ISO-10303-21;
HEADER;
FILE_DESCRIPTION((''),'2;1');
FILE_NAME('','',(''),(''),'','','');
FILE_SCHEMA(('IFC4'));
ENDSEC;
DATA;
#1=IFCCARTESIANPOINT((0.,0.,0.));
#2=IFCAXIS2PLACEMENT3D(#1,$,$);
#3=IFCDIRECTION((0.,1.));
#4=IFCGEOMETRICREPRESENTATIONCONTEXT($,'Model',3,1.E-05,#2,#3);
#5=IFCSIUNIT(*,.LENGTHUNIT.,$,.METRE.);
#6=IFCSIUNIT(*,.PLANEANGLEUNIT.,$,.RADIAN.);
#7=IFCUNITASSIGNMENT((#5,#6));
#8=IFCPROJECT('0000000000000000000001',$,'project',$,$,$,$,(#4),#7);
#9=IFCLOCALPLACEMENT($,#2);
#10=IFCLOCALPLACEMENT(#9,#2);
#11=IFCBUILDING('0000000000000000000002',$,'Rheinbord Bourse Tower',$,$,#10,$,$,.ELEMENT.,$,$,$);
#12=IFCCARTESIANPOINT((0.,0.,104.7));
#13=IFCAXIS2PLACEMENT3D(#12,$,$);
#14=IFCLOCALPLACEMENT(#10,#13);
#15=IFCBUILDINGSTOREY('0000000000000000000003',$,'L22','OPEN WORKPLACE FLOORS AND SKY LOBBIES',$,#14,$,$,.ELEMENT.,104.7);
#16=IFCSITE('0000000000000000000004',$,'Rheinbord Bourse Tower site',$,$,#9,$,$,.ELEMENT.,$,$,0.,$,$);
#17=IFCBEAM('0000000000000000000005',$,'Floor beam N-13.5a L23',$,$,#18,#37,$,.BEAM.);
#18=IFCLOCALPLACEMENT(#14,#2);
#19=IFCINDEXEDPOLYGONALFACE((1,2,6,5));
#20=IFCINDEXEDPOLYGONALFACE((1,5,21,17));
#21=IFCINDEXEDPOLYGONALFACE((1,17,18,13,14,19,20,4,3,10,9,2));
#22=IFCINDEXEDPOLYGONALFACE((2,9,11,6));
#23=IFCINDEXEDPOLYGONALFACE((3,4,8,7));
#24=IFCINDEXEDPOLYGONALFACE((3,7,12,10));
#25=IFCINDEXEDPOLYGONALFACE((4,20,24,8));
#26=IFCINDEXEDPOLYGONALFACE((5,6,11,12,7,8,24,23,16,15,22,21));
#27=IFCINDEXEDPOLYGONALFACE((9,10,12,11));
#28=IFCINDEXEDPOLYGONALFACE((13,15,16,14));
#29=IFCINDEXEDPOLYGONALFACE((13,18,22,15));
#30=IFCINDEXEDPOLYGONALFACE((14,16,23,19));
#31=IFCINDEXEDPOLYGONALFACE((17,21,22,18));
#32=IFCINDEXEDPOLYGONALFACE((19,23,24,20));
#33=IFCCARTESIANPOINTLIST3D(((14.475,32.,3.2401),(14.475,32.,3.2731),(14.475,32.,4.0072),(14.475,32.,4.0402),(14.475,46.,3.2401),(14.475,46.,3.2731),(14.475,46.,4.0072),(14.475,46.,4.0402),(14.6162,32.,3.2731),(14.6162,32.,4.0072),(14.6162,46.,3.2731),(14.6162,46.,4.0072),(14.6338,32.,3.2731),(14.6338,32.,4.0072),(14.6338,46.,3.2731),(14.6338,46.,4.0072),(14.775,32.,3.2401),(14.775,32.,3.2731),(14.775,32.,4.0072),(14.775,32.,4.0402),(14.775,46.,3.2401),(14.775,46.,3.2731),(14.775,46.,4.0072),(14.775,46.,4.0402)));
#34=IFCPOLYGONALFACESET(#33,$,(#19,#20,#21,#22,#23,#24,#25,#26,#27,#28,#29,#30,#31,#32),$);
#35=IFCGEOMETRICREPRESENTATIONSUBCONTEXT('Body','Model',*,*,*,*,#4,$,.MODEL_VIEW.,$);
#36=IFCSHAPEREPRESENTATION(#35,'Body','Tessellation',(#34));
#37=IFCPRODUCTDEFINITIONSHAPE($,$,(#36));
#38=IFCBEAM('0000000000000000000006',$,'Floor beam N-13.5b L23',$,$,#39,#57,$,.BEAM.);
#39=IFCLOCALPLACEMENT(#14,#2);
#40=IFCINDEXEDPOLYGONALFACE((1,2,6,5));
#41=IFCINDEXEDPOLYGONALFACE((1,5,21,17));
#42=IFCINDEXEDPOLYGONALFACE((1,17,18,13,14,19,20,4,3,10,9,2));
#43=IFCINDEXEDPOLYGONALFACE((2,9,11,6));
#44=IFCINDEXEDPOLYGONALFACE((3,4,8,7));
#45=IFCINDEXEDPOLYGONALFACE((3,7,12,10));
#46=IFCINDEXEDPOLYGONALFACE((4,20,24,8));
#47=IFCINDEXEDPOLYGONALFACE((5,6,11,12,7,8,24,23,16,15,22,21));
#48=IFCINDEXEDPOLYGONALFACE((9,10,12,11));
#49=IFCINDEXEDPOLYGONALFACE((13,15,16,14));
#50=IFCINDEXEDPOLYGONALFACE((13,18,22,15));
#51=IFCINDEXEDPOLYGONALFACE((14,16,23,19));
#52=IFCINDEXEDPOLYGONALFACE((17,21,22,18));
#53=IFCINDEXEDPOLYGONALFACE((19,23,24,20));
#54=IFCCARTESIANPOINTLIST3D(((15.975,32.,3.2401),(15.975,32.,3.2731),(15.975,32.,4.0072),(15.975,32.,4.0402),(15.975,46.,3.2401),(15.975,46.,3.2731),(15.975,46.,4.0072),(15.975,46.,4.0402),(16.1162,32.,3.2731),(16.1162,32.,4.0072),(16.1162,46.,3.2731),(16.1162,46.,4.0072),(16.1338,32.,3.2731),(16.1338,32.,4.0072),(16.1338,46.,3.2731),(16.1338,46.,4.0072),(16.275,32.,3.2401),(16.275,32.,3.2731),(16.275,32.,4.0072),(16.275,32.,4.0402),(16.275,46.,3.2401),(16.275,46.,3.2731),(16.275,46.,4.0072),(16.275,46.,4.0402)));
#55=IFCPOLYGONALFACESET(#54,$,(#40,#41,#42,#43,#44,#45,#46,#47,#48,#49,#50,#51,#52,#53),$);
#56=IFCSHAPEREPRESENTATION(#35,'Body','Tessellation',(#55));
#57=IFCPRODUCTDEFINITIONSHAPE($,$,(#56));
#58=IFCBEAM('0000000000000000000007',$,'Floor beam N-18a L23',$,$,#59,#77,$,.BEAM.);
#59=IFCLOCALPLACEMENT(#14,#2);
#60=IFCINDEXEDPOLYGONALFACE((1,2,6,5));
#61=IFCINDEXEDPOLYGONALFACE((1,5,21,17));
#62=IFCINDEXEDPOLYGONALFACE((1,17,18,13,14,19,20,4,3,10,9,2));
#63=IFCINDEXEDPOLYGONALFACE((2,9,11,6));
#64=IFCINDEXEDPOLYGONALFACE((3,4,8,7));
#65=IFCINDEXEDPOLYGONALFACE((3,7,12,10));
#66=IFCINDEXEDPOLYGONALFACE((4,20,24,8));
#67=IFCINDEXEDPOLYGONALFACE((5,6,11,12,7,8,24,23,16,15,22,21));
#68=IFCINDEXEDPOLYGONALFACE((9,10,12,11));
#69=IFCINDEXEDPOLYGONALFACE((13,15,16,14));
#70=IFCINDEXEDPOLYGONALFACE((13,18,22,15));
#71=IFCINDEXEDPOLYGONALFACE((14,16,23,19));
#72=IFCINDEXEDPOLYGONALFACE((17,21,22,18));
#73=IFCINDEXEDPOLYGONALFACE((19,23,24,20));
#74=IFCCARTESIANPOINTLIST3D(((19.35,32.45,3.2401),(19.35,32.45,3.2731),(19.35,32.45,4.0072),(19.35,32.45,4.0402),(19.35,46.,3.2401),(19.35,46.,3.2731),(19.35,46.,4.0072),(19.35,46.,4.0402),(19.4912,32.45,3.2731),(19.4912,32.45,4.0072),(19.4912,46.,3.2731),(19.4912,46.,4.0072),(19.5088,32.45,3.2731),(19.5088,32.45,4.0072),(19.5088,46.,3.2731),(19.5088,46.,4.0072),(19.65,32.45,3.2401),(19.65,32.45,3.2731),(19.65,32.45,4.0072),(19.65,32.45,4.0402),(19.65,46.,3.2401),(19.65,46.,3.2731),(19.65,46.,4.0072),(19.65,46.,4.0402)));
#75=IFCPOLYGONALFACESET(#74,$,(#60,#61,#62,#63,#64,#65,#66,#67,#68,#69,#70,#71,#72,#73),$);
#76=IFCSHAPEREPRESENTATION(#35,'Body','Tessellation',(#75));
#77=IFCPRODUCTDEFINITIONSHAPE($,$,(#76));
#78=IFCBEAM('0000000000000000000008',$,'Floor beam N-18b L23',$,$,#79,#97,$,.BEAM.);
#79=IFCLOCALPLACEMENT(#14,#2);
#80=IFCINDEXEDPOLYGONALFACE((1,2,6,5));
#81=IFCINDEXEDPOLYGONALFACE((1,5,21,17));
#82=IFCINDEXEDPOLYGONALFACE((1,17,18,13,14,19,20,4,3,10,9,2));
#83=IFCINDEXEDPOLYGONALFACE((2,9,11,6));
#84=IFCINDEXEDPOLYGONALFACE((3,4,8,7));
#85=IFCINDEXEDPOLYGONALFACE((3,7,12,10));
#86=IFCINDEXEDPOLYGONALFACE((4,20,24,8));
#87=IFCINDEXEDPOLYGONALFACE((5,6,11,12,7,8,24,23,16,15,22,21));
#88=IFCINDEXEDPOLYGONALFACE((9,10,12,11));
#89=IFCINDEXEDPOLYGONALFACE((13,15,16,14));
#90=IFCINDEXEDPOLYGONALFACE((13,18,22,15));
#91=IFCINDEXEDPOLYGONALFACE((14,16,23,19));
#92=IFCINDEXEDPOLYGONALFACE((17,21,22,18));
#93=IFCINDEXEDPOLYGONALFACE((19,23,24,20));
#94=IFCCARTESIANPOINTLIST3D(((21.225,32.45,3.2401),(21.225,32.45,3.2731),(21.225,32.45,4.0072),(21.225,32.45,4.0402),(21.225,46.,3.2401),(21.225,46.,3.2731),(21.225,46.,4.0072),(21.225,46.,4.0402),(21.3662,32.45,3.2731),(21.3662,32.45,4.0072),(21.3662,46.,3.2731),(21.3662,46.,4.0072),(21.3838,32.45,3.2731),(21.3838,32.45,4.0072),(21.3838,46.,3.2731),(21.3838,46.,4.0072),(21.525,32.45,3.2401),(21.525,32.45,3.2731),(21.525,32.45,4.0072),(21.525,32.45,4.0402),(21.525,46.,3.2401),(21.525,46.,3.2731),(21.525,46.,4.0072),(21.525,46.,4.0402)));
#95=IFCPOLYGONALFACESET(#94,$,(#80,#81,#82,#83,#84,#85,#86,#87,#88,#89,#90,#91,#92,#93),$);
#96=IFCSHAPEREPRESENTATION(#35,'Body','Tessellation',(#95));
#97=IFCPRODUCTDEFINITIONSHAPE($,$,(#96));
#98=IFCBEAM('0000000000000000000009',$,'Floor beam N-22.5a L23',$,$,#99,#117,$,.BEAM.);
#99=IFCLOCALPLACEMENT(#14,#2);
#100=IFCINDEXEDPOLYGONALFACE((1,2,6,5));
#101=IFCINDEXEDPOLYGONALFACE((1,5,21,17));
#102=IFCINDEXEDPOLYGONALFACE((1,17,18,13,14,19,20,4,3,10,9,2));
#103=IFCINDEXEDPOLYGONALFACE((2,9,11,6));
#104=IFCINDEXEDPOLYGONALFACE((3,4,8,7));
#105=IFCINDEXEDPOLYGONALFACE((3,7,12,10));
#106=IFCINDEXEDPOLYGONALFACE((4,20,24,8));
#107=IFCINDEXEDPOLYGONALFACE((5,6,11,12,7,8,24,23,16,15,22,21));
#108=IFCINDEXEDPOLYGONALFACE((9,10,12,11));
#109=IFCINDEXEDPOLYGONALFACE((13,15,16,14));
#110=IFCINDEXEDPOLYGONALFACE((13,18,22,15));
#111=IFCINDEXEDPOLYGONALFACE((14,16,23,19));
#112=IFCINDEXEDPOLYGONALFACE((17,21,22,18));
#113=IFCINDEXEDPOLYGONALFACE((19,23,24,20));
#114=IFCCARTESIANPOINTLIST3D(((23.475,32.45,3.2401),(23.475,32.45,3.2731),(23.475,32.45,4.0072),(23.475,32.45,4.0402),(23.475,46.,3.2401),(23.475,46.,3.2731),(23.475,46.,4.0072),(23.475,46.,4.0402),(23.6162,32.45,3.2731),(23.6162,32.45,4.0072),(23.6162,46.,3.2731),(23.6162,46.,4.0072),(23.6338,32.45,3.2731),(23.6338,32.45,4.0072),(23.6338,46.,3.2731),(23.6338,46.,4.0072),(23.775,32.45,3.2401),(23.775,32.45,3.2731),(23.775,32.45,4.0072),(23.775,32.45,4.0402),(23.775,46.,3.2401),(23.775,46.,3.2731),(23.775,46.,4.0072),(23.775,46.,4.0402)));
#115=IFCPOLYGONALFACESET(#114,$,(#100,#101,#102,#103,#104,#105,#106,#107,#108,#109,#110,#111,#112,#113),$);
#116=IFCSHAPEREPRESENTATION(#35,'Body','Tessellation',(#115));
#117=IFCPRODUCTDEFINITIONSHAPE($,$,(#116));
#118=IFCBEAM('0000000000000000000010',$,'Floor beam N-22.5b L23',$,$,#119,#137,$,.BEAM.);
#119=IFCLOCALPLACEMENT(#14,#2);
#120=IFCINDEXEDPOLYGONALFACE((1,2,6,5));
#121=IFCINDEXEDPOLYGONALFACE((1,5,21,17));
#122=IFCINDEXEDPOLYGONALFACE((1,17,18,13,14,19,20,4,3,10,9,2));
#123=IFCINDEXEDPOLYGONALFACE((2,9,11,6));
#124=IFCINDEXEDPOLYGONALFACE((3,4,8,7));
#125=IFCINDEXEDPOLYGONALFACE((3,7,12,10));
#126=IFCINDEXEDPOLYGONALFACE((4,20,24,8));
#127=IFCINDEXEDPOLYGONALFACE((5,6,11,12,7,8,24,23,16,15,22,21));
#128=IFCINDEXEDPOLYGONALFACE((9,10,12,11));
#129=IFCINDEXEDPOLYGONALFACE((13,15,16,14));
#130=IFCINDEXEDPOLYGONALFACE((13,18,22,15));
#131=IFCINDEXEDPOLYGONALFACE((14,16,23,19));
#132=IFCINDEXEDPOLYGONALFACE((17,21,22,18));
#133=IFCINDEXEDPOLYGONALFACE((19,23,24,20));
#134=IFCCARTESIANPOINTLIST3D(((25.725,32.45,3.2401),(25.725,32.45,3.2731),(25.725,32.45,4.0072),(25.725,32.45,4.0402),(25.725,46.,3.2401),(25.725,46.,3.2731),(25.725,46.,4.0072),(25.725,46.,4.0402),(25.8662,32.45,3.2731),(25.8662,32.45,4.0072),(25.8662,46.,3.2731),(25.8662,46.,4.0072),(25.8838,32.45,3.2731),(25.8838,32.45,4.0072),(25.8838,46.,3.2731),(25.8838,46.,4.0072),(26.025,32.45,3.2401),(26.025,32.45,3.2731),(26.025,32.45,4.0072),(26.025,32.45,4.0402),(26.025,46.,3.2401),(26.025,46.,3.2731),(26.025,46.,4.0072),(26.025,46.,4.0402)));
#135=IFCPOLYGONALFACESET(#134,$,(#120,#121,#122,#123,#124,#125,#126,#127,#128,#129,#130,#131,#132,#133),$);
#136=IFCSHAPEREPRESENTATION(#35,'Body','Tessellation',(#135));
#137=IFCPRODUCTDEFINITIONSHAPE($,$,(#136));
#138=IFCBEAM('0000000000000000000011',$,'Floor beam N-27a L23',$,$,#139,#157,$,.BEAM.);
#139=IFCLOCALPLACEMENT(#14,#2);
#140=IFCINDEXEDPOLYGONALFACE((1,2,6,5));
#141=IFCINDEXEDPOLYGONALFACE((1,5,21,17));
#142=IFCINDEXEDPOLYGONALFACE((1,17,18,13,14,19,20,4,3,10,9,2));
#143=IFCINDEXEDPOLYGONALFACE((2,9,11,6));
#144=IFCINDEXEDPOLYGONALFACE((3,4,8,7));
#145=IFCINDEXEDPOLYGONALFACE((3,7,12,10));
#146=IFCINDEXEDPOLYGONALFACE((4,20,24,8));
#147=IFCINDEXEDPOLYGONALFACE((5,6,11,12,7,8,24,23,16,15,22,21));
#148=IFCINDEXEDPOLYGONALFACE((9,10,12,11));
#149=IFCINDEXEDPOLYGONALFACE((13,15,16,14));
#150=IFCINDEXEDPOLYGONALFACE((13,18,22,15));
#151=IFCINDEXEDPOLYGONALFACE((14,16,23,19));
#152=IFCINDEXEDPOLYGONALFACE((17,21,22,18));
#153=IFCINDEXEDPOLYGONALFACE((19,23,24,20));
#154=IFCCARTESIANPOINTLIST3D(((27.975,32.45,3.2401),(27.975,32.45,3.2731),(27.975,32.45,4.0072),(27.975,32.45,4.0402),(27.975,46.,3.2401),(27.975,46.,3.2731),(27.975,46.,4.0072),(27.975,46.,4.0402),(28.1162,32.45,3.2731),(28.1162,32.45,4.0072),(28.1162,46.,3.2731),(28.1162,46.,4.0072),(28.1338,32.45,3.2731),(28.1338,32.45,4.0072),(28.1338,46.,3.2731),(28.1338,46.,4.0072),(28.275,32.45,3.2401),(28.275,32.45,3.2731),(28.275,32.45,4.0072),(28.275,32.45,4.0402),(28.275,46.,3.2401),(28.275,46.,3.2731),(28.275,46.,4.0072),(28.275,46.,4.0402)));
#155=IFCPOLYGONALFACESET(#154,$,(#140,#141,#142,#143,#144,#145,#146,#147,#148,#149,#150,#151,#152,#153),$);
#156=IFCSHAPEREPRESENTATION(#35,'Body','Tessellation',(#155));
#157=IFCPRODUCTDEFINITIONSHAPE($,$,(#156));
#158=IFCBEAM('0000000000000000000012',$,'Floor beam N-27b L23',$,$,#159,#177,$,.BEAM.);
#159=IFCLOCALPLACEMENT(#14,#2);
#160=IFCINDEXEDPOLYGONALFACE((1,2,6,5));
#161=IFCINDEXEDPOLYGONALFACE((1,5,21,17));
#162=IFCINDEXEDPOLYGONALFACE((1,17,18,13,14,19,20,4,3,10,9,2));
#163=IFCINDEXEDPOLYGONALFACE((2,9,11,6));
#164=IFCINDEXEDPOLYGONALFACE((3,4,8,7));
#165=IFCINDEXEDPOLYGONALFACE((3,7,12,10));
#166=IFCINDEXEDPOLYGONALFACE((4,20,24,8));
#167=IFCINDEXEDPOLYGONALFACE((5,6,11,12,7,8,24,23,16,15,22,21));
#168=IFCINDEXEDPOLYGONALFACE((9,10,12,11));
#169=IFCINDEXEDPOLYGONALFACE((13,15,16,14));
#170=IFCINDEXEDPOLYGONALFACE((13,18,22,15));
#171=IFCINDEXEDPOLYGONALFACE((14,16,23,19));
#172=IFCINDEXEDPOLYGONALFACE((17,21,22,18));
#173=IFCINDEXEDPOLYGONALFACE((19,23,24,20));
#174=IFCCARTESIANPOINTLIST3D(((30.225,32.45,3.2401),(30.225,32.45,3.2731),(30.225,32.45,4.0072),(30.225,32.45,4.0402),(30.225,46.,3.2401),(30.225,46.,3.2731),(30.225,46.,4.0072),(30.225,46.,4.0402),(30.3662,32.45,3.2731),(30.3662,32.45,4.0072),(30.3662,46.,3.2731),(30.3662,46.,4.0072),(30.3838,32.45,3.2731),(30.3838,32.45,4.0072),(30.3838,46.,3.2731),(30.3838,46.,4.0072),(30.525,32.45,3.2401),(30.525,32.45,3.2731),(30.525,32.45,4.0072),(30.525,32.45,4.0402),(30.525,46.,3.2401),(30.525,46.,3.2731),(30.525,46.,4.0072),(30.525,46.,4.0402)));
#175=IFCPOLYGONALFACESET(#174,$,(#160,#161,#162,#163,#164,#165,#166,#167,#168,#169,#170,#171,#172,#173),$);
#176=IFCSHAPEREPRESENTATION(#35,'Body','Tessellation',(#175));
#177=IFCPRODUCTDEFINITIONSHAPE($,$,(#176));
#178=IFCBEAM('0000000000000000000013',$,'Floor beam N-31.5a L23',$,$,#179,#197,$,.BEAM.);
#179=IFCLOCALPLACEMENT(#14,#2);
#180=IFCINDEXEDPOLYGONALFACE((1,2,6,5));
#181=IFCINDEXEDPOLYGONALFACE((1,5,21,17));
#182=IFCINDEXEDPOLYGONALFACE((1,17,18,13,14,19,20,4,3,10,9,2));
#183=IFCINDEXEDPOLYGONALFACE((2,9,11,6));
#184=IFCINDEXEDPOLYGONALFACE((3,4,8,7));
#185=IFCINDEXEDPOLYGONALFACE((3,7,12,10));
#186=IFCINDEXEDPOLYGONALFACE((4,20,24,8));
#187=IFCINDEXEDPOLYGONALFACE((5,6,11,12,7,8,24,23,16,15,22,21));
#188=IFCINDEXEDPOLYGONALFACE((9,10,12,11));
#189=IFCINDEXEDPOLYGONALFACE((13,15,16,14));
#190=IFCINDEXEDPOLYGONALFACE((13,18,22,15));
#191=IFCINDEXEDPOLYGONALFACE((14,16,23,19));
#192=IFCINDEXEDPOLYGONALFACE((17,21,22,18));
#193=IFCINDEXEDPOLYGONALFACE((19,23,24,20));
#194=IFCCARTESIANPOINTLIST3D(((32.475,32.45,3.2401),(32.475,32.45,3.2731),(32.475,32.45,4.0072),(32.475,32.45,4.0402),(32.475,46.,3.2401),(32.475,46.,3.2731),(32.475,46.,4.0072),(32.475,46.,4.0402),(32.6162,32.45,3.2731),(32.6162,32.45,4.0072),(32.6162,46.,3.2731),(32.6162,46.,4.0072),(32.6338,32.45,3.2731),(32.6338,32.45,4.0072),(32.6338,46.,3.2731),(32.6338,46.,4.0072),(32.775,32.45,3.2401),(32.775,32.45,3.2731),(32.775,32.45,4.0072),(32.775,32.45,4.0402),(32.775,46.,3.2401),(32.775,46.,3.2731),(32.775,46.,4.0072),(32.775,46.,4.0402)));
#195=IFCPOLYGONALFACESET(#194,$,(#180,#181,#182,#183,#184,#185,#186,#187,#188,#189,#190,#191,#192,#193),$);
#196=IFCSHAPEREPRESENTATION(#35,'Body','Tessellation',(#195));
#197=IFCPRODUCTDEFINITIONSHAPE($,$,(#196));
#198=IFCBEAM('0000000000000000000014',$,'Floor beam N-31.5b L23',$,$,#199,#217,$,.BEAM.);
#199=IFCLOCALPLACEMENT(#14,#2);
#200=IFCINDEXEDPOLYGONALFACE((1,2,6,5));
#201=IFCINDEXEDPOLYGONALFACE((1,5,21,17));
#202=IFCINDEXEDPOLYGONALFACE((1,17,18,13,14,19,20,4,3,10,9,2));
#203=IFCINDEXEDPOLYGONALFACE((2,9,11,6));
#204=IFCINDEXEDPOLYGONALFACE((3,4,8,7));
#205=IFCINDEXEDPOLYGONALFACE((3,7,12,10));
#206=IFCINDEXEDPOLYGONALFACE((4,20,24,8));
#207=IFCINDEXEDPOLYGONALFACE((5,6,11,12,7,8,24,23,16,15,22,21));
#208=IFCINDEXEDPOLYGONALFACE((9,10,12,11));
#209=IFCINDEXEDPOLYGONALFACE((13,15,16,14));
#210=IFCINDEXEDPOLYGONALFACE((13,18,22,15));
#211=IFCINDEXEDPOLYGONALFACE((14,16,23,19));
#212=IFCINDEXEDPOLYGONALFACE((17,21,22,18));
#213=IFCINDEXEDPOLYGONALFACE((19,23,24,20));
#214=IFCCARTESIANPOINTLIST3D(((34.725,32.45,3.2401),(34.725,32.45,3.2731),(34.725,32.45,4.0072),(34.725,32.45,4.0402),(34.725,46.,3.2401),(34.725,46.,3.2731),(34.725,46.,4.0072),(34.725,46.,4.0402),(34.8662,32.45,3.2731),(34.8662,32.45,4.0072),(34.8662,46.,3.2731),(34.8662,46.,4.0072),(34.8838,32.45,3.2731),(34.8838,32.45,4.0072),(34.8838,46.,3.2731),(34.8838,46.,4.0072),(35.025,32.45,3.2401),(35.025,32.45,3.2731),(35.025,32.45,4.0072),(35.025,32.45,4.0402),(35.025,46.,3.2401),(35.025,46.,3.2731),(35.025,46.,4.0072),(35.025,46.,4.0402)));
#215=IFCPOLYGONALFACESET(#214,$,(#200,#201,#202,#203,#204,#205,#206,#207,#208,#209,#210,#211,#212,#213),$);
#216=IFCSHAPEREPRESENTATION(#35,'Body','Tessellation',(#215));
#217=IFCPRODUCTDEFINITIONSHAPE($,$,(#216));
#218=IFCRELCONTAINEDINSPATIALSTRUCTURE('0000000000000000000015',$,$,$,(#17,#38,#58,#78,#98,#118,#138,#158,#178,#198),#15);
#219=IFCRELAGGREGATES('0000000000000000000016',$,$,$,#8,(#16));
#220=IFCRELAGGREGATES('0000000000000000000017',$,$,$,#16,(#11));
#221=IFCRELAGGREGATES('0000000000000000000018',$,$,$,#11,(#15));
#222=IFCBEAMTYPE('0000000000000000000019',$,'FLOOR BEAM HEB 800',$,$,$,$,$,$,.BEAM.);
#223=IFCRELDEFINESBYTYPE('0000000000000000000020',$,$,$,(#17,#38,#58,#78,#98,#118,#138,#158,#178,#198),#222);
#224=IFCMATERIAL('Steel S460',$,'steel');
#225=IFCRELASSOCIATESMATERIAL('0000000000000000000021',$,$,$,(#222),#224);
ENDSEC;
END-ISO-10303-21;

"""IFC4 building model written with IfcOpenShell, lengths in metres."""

from ifc_helpers import new_model, si_unit, direction, frame, origin, origin_2d, place, context, subcontext, project, spatial, i_section, extrude, material, material_profile, profile_set, type_object, element, save


model = new_model("IFC4")

# Units and contexts
model_context = context("Model", 3, precision=1e-05, world=origin(), true_north=direction((0.0, 1.0)))
body_context = subcontext(model_context, "Body", "Model", "MODEL_VIEW")
ifc_project = project(units=[si_unit("LENGTHUNIT", "METRE"), si_unit("PLANEANGLEUNIT", "RADIAN")], contexts=[model_context])

# Site, building, storey
site_placement = place(None, origin())
site = spatial("IfcSite", under=ifc_project, at=site_placement, Name="Rheinbord Bourse Tower site", CompositionType="ELEMENT", RefElevation=0.0)
building_placement = place(site_placement, origin())
building = spatial("IfcBuilding", under=site, at=building_placement, Name="Rheinbord Bourse Tower", CompositionType="ELEMENT")
storey_placement = place(building_placement, frame((0.0, 0.0, 104.7)))
storey = spatial("IfcBuildingStorey", under=building, at=storey_placement, Name="L22", Description="OPEN WORKPLACE FLOORS AND SKY LOBBIES", CompositionType="ELEMENT", Elevation=104.7)

# Beams
ifc_material_1 = material(Name="Steel S460", Category="steel")
ifc_material_profile_1 = material_profile(ifc_material_1, i_section(OverallWidth=0.3, OverallDepth=0.8, WebThickness=0.0176, FlangeThickness=0.033, at=origin_2d()), Name="HEB 800")
ifc_profile_set_1 = profile_set([ifc_material_profile_1], Name="Steel S460")
beam_type_1 = type_object("IfcBeamType", Name="FLOOR BEAM HEB 800", PredefinedType="BEAM", material=ifc_profile_set_1)
for number, where, z_axis, x_axis, name in (
    (1, (14.625, 46.0, 3.6401), (0.0, -1.0, 0.0), (1.0, 0.0, 0.0), "Floor beam N-13.5a L23"),
    (2, (16.125, 46.0, 3.6401), (0.0, -1.0, 0.0), (1.0, 0.0, 0.0), "Floor beam N-13.5b L23"),
):
    element("IfcBeam", number, at=place(storey_placement, frame(where, z_axis=z_axis, x_axis=x_axis)), inside=storey, type_object=beam_type_1, Name=name, PredefinedType="BEAM", context=body_context, shape_type="SweptSolid", body=[
        extrude(i_section(OverallWidth=0.3, OverallDepth=0.8, WebThickness=0.0176, FlangeThickness=0.033, at=origin_2d()), origin(), (0.0, 0.0, 1.0), 14.0),
    ])
for number, where, z_axis, x_axis, name in (
    (3, (19.5, 46.0, 3.6401), (0.0, -1.0, 0.0), (1.0, 0.0, 0.0), "Floor beam N-18a L23"),
    (4, (21.375, 46.0, 3.6401), (0.0, -1.0, 0.0), (1.0, 0.0, 0.0), "Floor beam N-18b L23"),
    (5, (23.625, 46.0, 3.6401), (0.0, -1.0, 0.0), (1.0, 0.0, 0.0), "Floor beam N-22.5a L23"),
    (6, (25.875, 46.0, 3.6401), (0.0, -1.0, 0.0), (1.0, 0.0, 0.0), "Floor beam N-22.5b L23"),
    (7, (28.125, 46.0, 3.6401), (0.0, -1.0, 0.0), (1.0, 0.0, 0.0), "Floor beam N-27a L23"),
    (8, (30.375, 46.0, 3.6401), (0.0, -1.0, 0.0), (1.0, 0.0, 0.0), "Floor beam N-27b L23"),
    (9, (32.625, 46.0, 3.6401), (0.0, -1.0, 0.0), (1.0, 0.0, 0.0), "Floor beam N-31.5a L23"),
    (10, (34.875, 46.0, 3.6401), (0.0, -1.0, 0.0), (1.0, 0.0, 0.0), "Floor beam N-31.5b L23"),
):
    element("IfcBeam", number, at=place(storey_placement, frame(where, z_axis=z_axis, x_axis=x_axis)), inside=storey, type_object=beam_type_1, Name=name, PredefinedType="BEAM", context=body_context, shape_type="SweptSolid", body=[
        extrude(i_section(OverallWidth=0.3, OverallDepth=0.8, WebThickness=0.0176, FlangeThickness=0.033, at=origin_2d()), origin(), (0.0, 0.0, 1.0), 13.55),
    ])

save(model, "model.ifc")
